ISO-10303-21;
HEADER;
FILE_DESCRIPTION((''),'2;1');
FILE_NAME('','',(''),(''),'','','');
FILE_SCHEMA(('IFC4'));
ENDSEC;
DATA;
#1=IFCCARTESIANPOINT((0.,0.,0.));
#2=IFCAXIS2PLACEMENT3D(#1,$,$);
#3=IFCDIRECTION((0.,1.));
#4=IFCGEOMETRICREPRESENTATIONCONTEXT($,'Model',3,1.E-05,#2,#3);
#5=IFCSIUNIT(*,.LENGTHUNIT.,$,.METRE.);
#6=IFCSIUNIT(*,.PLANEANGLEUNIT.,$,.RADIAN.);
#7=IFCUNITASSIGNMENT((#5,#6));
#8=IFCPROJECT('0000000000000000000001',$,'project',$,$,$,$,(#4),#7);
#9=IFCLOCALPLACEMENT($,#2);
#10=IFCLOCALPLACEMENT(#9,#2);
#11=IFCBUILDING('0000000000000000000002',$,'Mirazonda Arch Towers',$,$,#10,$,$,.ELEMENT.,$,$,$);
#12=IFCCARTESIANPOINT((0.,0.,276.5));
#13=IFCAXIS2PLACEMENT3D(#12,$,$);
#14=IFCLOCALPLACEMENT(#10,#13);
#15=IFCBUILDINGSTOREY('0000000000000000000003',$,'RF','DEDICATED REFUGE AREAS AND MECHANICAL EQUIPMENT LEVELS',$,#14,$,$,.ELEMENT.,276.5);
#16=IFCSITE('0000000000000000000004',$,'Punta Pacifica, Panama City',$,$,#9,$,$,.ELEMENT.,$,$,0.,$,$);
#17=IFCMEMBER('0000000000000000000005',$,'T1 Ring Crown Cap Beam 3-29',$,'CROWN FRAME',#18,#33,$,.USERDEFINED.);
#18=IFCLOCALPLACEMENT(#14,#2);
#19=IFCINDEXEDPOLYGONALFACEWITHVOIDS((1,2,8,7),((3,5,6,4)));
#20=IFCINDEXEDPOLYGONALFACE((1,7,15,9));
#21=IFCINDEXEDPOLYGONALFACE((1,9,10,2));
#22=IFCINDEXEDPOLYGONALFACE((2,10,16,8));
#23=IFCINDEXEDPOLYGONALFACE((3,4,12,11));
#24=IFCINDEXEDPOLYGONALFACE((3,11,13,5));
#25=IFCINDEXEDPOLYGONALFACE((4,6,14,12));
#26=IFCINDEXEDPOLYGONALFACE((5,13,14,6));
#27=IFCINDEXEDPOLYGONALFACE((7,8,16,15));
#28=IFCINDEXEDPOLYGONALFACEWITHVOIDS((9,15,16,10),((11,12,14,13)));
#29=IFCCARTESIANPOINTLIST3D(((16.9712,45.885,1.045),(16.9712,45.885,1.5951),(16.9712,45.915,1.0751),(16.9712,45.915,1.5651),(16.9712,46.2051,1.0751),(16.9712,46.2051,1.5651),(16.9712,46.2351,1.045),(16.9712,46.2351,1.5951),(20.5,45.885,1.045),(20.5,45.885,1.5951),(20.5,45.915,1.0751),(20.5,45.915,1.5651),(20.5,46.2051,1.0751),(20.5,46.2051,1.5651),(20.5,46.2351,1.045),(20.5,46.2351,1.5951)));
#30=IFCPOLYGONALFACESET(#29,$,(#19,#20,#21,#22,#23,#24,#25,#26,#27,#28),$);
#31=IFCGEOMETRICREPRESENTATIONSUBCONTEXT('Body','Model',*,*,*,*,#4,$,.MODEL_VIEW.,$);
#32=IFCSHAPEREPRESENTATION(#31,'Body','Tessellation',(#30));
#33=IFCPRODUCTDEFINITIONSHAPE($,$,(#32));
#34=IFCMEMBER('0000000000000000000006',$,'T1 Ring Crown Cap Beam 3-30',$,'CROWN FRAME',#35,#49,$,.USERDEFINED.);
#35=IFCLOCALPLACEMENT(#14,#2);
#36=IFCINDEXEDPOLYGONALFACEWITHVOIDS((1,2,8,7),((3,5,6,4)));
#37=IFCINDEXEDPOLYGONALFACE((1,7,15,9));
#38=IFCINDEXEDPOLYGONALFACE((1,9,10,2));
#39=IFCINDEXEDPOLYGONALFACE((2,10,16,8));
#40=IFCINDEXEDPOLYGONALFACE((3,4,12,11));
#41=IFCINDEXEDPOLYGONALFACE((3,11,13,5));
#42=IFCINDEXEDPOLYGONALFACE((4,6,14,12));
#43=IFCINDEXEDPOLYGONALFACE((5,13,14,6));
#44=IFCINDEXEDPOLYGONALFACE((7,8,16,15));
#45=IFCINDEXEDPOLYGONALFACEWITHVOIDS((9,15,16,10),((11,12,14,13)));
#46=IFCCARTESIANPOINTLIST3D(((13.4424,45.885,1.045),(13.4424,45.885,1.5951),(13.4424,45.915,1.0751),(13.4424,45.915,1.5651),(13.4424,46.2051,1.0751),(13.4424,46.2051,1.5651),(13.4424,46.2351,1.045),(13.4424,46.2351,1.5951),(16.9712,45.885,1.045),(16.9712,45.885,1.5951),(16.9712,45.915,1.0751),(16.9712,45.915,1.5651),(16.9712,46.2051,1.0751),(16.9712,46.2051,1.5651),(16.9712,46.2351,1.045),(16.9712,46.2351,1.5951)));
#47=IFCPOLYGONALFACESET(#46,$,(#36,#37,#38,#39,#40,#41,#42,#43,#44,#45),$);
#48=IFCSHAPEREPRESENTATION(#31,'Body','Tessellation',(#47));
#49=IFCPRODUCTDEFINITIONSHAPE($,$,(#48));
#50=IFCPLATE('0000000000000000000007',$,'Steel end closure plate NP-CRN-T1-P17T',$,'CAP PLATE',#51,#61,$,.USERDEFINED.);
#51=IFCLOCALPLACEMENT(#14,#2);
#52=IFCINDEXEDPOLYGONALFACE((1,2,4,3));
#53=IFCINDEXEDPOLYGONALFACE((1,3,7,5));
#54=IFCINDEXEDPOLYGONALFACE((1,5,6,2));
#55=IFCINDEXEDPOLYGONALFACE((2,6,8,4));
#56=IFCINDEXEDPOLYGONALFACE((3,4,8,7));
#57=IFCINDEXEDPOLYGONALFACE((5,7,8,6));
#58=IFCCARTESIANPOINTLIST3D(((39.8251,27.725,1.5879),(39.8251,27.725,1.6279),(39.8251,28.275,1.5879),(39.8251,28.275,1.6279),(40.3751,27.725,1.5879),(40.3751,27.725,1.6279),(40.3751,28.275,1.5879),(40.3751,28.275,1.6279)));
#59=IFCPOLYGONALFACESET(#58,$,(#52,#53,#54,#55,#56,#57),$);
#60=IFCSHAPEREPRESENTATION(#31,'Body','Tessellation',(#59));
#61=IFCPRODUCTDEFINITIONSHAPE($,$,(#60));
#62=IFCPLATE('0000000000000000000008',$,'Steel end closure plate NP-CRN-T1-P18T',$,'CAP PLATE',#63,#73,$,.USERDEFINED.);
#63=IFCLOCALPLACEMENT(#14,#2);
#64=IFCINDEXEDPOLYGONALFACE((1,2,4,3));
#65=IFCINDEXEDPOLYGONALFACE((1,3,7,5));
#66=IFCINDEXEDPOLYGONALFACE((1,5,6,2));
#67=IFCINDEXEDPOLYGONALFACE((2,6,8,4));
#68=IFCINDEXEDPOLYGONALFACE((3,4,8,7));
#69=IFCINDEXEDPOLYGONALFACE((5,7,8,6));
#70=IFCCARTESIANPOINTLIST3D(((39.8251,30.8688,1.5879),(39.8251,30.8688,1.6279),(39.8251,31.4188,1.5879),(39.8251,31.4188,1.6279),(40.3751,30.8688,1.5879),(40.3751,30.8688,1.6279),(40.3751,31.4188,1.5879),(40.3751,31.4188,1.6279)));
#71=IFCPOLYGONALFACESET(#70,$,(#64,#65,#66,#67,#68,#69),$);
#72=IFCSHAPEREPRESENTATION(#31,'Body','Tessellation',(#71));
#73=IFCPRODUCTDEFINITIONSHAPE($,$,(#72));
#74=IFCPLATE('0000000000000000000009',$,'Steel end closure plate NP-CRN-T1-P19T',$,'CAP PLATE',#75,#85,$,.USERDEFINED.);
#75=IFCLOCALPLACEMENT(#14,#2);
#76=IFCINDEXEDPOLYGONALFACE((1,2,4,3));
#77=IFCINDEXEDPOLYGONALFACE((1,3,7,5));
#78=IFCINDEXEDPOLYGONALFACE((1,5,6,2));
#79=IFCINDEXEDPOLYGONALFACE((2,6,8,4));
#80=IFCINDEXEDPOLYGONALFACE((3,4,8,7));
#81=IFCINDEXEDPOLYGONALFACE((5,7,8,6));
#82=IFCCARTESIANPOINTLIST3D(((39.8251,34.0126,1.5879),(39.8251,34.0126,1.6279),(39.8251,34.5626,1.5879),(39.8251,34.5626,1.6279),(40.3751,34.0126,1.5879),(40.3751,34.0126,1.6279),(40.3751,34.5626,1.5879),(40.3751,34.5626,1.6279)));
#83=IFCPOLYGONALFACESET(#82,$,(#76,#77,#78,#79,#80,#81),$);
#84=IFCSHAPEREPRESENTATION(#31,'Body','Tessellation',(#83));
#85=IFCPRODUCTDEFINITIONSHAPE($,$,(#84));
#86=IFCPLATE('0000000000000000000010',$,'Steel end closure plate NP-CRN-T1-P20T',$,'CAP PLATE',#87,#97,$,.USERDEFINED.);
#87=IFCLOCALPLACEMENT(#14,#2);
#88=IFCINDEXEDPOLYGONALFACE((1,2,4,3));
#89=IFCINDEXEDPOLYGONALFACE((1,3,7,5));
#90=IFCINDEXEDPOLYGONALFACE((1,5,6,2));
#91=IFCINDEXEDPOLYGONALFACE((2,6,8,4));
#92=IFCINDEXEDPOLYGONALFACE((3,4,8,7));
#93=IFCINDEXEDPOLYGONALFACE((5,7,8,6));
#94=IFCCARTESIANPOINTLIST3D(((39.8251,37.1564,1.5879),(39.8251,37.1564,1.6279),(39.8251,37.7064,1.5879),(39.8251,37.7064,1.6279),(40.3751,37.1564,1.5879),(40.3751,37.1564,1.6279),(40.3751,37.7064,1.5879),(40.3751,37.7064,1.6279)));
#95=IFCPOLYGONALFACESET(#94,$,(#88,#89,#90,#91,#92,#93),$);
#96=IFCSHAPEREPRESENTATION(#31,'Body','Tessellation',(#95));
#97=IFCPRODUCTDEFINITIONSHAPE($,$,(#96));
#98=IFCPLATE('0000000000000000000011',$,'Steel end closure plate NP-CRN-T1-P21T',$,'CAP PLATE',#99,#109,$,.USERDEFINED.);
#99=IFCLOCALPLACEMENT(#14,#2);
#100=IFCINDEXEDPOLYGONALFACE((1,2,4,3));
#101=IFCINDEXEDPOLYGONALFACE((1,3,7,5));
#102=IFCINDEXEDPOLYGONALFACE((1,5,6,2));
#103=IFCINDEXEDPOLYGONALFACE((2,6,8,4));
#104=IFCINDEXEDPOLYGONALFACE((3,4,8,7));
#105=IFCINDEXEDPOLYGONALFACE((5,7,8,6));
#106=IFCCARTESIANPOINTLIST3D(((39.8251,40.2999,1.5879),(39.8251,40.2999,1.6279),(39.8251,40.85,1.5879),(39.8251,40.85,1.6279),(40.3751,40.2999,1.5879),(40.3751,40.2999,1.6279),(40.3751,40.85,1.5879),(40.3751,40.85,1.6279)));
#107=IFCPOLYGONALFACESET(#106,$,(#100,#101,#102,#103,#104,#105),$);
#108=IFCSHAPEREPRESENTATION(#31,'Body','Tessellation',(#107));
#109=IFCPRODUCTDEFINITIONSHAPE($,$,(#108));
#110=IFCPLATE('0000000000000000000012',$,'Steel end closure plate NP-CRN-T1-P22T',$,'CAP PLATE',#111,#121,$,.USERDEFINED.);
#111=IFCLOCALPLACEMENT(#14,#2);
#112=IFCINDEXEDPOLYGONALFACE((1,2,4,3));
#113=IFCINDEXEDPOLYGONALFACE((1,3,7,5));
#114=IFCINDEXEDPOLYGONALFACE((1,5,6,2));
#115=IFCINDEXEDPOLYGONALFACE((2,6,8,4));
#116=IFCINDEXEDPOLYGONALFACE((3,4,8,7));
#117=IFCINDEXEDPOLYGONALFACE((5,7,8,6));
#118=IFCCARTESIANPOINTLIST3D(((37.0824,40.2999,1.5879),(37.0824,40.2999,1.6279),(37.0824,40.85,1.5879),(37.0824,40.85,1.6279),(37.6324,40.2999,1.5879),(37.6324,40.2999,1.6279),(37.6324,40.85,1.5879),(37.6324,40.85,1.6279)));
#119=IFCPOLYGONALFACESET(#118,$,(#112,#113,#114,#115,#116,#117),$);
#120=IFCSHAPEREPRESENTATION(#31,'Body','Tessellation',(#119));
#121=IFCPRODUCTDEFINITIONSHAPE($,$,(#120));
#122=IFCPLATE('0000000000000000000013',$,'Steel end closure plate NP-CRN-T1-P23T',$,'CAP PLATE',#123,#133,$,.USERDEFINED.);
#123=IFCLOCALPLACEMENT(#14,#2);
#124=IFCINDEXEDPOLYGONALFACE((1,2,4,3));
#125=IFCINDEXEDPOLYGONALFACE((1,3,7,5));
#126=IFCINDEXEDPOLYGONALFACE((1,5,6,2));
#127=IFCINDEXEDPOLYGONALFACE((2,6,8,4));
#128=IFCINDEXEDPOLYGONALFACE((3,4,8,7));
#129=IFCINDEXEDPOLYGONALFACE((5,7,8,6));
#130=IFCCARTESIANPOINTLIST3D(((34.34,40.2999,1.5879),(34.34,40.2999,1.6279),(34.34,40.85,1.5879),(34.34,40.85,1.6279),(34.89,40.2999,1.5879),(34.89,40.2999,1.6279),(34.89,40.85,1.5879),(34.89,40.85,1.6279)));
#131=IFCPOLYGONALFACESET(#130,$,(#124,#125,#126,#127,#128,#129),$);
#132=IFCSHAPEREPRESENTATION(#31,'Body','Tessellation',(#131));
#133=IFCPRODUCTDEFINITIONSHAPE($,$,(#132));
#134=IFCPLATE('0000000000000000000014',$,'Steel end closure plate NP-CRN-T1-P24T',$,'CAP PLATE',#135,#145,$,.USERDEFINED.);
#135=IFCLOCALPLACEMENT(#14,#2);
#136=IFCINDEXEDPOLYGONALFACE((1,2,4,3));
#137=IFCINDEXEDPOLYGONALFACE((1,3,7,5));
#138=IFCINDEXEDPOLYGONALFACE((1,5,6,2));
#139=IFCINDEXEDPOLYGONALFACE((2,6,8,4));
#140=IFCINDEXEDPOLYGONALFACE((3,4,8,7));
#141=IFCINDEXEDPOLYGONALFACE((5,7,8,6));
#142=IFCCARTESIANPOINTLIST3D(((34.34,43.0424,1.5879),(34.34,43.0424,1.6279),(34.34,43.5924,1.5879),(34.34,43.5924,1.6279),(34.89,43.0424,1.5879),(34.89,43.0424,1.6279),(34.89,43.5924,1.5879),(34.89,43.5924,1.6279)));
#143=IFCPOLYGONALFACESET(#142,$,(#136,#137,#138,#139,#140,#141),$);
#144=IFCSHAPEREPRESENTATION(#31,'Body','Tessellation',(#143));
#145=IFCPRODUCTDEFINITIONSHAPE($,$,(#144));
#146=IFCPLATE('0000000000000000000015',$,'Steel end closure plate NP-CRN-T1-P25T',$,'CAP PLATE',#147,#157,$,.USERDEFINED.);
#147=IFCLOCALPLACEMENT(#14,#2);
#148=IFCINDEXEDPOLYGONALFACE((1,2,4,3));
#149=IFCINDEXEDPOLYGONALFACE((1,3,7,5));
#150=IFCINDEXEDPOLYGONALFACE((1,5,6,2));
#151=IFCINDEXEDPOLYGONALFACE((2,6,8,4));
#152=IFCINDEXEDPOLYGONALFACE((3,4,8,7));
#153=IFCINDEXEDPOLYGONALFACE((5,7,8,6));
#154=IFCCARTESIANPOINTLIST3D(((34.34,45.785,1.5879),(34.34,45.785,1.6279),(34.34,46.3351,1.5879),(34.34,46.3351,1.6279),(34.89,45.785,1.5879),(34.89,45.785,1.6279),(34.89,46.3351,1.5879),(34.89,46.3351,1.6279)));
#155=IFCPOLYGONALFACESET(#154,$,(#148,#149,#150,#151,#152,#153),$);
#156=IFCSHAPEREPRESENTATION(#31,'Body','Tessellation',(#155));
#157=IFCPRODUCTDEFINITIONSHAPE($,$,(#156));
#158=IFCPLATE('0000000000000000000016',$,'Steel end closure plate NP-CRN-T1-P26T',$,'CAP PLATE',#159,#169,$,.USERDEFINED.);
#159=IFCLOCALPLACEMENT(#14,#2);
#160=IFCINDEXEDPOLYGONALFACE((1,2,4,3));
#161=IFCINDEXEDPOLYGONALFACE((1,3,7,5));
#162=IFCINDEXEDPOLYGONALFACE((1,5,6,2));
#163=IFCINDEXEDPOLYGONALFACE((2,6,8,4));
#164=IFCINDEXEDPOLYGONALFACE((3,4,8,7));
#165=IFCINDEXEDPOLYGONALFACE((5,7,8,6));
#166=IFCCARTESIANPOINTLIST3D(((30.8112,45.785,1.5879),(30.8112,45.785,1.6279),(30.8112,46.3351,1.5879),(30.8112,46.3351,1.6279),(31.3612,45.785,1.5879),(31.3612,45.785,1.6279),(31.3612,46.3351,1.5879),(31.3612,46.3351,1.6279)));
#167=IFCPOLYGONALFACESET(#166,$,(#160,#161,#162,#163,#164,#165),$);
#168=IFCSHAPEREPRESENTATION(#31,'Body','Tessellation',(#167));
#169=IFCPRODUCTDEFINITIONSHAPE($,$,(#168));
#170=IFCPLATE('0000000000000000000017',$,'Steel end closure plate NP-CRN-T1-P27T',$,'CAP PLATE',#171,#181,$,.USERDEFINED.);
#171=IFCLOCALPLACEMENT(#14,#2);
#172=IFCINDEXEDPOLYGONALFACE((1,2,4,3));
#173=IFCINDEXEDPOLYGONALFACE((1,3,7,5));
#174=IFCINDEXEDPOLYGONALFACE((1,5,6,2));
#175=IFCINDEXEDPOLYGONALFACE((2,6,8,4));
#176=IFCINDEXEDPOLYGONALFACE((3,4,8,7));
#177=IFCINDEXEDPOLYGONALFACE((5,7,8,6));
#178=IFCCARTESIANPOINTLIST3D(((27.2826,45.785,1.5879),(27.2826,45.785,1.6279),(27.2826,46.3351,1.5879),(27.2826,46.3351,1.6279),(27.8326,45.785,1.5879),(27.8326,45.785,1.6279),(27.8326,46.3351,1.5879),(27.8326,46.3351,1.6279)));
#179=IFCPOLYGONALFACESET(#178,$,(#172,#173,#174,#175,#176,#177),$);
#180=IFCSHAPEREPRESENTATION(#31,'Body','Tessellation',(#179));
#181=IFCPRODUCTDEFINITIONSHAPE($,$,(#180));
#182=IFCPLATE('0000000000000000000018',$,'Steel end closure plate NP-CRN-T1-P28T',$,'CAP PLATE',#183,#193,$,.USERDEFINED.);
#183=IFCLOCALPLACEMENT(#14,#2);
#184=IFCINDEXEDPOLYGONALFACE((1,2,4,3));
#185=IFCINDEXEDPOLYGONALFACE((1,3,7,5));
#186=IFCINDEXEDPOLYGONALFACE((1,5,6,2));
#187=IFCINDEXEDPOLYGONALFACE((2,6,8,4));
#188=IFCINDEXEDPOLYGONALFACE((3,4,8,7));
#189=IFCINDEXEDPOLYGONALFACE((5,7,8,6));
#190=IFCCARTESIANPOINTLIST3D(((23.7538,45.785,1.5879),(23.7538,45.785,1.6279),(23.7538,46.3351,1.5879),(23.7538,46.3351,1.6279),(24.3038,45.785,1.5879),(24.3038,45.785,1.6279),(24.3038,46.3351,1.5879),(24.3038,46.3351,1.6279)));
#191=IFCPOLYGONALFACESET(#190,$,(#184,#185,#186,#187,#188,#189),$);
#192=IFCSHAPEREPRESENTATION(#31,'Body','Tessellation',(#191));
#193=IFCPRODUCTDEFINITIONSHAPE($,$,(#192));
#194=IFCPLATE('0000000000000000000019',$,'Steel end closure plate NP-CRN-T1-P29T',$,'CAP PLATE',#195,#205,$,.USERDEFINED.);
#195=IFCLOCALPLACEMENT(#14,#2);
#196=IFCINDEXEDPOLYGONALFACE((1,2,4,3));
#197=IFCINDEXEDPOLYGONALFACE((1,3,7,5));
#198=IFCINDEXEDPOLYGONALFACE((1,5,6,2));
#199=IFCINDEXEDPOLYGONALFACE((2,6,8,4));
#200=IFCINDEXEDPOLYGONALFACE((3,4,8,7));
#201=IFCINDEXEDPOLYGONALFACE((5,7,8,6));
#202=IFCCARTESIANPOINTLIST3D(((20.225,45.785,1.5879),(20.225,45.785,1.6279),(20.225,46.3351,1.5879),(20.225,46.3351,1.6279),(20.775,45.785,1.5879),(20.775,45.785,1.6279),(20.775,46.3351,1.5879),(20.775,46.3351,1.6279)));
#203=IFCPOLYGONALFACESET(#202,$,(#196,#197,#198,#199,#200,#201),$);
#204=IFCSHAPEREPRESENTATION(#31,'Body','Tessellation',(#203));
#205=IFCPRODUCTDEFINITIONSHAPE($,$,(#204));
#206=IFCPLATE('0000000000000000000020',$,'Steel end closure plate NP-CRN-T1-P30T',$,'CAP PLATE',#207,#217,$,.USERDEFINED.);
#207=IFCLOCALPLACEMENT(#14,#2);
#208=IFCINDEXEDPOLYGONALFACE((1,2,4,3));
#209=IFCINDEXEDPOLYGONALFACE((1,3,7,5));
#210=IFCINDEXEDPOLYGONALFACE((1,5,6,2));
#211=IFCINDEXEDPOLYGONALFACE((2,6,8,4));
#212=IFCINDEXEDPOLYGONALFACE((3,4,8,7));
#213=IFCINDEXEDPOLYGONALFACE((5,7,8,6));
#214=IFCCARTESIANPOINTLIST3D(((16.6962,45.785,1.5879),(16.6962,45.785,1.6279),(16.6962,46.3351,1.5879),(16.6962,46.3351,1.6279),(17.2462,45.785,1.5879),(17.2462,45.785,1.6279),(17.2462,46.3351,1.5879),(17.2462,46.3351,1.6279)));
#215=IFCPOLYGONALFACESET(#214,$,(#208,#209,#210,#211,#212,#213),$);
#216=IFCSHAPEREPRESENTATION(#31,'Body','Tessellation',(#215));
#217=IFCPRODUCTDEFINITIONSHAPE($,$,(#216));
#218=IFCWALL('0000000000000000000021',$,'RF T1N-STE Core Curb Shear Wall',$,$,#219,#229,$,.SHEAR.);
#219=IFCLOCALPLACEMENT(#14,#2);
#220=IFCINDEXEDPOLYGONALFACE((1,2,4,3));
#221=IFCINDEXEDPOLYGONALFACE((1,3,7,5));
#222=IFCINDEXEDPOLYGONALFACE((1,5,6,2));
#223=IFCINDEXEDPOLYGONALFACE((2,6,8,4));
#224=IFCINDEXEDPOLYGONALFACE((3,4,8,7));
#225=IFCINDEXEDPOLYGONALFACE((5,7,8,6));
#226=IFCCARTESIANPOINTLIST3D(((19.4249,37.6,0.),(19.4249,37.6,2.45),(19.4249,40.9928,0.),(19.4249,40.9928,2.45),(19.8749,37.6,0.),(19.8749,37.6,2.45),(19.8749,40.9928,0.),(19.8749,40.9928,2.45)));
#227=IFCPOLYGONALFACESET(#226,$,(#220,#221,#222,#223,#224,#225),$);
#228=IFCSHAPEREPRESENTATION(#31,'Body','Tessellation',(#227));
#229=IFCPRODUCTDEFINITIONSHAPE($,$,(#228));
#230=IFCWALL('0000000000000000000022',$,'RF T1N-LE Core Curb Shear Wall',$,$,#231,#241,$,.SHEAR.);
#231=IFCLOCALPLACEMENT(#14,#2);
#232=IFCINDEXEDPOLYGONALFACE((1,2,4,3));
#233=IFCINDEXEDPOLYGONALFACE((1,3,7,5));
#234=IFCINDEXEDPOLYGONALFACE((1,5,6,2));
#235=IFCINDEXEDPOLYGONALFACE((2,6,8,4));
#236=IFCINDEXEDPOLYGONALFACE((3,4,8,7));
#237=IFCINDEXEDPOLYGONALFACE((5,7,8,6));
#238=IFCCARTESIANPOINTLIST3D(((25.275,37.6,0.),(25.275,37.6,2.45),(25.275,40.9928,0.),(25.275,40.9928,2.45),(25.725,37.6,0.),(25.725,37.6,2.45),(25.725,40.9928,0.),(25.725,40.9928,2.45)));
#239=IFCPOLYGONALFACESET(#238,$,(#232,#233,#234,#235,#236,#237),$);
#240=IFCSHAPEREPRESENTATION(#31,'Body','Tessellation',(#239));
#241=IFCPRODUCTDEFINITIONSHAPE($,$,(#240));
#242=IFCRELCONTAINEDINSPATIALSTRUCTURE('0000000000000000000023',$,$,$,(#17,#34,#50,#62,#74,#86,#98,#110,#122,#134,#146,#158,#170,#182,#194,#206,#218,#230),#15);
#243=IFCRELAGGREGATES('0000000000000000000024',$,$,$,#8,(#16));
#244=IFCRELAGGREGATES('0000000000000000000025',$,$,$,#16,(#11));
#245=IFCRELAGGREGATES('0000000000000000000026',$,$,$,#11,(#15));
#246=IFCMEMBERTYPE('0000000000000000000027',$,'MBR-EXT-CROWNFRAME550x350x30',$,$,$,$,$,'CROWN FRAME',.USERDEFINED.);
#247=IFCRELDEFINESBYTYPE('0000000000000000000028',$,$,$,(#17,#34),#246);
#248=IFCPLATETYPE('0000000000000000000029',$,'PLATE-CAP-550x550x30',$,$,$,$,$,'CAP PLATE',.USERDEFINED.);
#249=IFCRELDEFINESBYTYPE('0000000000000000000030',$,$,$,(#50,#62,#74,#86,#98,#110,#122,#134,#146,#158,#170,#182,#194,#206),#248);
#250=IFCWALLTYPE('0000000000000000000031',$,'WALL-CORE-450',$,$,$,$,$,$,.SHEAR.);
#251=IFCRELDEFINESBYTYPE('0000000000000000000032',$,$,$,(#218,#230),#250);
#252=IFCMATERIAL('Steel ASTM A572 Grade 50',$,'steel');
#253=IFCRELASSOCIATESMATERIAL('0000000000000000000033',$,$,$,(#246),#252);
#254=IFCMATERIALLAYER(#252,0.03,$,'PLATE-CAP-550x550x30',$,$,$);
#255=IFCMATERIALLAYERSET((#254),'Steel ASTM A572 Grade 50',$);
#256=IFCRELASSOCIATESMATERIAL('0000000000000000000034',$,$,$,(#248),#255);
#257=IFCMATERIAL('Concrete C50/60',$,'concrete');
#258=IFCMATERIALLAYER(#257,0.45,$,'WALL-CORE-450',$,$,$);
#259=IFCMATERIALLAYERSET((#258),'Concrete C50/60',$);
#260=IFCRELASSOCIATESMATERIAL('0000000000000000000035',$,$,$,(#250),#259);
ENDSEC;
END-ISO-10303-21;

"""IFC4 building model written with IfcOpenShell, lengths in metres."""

from ifc_helpers import new_model, si_unit, direction, frame, frame_2d, origin, origin_2d, place, context, subcontext, project, spatial, rectangle, hollow_rectangle, extrude, material, layer, layer_set, material_profile, profile_set, type_object, element, save


model = new_model("IFC4")

# Units and contexts
model_context = context("Model", 3, precision=1e-05, world=origin(), true_north=direction((0.0, 1.0)))
body_context = subcontext(model_context, "Body", "Model", "MODEL_VIEW")
ifc_project = project(units=[si_unit("LENGTHUNIT", "METRE"), si_unit("PLANEANGLEUNIT", "RADIAN")], contexts=[model_context])

# Site, building, storey
site_placement = place(None, origin())
site = spatial("IfcSite", under=ifc_project, at=site_placement, Name="Punta Pacifica, Panama City", CompositionType="ELEMENT", RefElevation=0.0)
building_placement = place(site_placement, origin())
building = spatial("IfcBuilding", under=site, at=building_placement, Name="Mirazonda Arch Towers", CompositionType="ELEMENT")
storey_placement = place(building_placement, frame((0.0, 0.0, 276.5)))
storey = spatial("IfcBuildingStorey", under=building, at=storey_placement, Name="RF", Description="DEDICATED REFUGE AREAS AND MECHANICAL EQUIPMENT LEVELS", CompositionType="ELEMENT", Elevation=276.5)

# Members
ifc_material_1 = material(Name="Steel ASTM A572 Grade 50", Category="steel")
ifc_material_profile = material_profile(ifc_material_1, hollow_rectangle(XDim=0.3501, YDim=0.55, WallThickness=0.03, at=origin_2d()), Name="CROWNFRAME550x350x30")
ifc_profile_set = profile_set([ifc_material_profile], Name="Steel ASTM A572 Grade 50")
member_type = type_object("IfcMemberType", Name="MBR-EXT-CROWNFRAME550x350x30", ElementType="CROWN FRAME", PredefinedType="USERDEFINED", material=ifc_profile_set)
for number, where, z_axis, x_axis, name in (
    (1, (20.5, 46.0601, 1.3201), (-1.0, 0.0, 0.0), (0.0, -1.0, 0.0), "T1 Ring Crown Cap Beam 3-29"),
    (2, (16.9712, 46.0601, 1.3201), (-1.0, 0.0, 0.0), (0.0, -1.0, 0.0), "T1 Ring Crown Cap Beam 3-30"),
):
    element("IfcMember", number, at=place(storey_placement, frame(where, z_axis=z_axis, x_axis=x_axis)), inside=storey, type_object=member_type, Name=name, ObjectType="CROWN FRAME", PredefinedType="USERDEFINED", context=body_context, shape_type="SweptSolid", body=[
        extrude(hollow_rectangle(XDim=0.3501, YDim=0.55, WallThickness=0.03, at=origin_2d()), origin(), (0.0, 0.0, 1.0), 3.5288),
    ])

# Plates
ifc_layer_1 = layer(ifc_material_1, 0.03, Name="PLATE-CAP-550x550x30")
ifc_layer_set_1 = layer_set([ifc_layer_1], Name="Steel ASTM A572 Grade 50")
plate_type = type_object("IfcPlateType", Name="PLATE-CAP-550x550x30", ElementType="CAP PLATE", PredefinedType="USERDEFINED", material=ifc_layer_set_1)
for number, where, z_axis, x_axis, name in (
    (3, (40.1001, 28.0, 1.5879), (0.0, 0.0, 1.0), (1.0, 0.0, 0.0), "Steel end closure plate NP-CRN-T1-P17T"),
    (4, (40.1001, 31.1438, 1.5879), (0.0, 0.0, 1.0), (1.0, 0.0, 0.0), "Steel end closure plate NP-CRN-T1-P18T"),
    (5, (40.1001, 34.2876, 1.5879), (0.0, 0.0, 1.0), (1.0, 0.0, 0.0), "Steel end closure plate NP-CRN-T1-P19T"),
    (6, (40.1001, 37.4314, 1.5879), (0.0, 0.0, 1.0), (1.0, 0.0, 0.0), "Steel end closure plate NP-CRN-T1-P20T"),
    (7, (40.1001, 40.575, 1.5879), (0.0, 0.0, 1.0), (1.0, 0.0, 0.0), "Steel end closure plate NP-CRN-T1-P21T"),
    (8, (37.3574, 40.575, 1.5879), (0.0, 0.0, 1.0), (1.0, 0.0, 0.0), "Steel end closure plate NP-CRN-T1-P22T"),
    (9, (34.615, 40.575, 1.5879), (0.0, 0.0, 1.0), (1.0, 0.0, 0.0), "Steel end closure plate NP-CRN-T1-P23T"),
    (10, (34.615, 43.3174, 1.5879), (0.0, 0.0, 1.0), (1.0, 0.0, 0.0), "Steel end closure plate NP-CRN-T1-P24T"),
    (11, (34.615, 46.0601, 1.5879), (0.0, 0.0, 1.0), (1.0, 0.0, 0.0), "Steel end closure plate NP-CRN-T1-P25T"),
    (12, (31.0862, 46.0601, 1.5879), (0.0, 0.0, 1.0), (1.0, 0.0, 0.0), "Steel end closure plate NP-CRN-T1-P26T"),
    (13, (27.5576, 46.0601, 1.5879), (0.0, 0.0, 1.0), (1.0, 0.0, 0.0), "Steel end closure plate NP-CRN-T1-P27T"),
    (14, (24.0288, 46.0601, 1.5879), (0.0, 0.0, 1.0), (1.0, 0.0, 0.0), "Steel end closure plate NP-CRN-T1-P28T"),
    (15, (20.5, 46.0601, 1.5879), (0.0, 0.0, 1.0), (1.0, 0.0, 0.0), "Steel end closure plate NP-CRN-T1-P29T"),
    (16, (16.9712, 46.0601, 1.5879), (0.0, 0.0, 1.0), (1.0, 0.0, 0.0), "Steel end closure plate NP-CRN-T1-P30T"),
):
    element("IfcPlate", number, at=place(storey_placement, frame(where, z_axis=z_axis, x_axis=x_axis)), inside=storey, type_object=plate_type, Name=name, ObjectType="CAP PLATE", PredefinedType="USERDEFINED", context=body_context, shape_type="SweptSolid", body=[
        extrude(rectangle(XDim=0.55, YDim=0.55, at=origin_2d()), origin(), (0.0, 0.0, 1.0), 0.04),
    ])

# Walls
ifc_material_2 = material(Name="Concrete C50/60", Category="concrete")
ifc_layer_2 = layer(ifc_material_2, 0.45, Name="WALL-CORE-450")
ifc_layer_set_2 = layer_set([ifc_layer_2], Name="Concrete C50/60")
wall_type_1 = type_object("IfcWallType", Name="WALL-CORE-450", PredefinedType="SHEAR", material=ifc_layer_set_2)
for number, where, z_axis, x_axis, name in (
    (17, (19.6499, 37.6001, 0.0), (0.0, 0.0, 1.0), (0.0, 1.0, 0.0), "RF T1N-STE Core Curb Shear Wall"),
    (18, (25.5, 37.6001, 0.0), (0.0, 0.0, 1.0), (0.0, 1.0, 0.0), "RF T1N-LE Core Curb Shear Wall"),
):
    element("IfcWall", number, at=place(storey_placement, frame(where, z_axis=z_axis, x_axis=x_axis)), inside=storey, type_object=wall_type_1, Name=name, PredefinedType="SHEAR", context=body_context, shape_type="SweptSolid", body=[
        extrude(rectangle(XDim=3.3928, YDim=0.45, at=frame_2d((1.6963, 0.0))), origin(), (0.0, 0.0, 1.0), 2.45),
    ])

save(model, "model.ifc")
